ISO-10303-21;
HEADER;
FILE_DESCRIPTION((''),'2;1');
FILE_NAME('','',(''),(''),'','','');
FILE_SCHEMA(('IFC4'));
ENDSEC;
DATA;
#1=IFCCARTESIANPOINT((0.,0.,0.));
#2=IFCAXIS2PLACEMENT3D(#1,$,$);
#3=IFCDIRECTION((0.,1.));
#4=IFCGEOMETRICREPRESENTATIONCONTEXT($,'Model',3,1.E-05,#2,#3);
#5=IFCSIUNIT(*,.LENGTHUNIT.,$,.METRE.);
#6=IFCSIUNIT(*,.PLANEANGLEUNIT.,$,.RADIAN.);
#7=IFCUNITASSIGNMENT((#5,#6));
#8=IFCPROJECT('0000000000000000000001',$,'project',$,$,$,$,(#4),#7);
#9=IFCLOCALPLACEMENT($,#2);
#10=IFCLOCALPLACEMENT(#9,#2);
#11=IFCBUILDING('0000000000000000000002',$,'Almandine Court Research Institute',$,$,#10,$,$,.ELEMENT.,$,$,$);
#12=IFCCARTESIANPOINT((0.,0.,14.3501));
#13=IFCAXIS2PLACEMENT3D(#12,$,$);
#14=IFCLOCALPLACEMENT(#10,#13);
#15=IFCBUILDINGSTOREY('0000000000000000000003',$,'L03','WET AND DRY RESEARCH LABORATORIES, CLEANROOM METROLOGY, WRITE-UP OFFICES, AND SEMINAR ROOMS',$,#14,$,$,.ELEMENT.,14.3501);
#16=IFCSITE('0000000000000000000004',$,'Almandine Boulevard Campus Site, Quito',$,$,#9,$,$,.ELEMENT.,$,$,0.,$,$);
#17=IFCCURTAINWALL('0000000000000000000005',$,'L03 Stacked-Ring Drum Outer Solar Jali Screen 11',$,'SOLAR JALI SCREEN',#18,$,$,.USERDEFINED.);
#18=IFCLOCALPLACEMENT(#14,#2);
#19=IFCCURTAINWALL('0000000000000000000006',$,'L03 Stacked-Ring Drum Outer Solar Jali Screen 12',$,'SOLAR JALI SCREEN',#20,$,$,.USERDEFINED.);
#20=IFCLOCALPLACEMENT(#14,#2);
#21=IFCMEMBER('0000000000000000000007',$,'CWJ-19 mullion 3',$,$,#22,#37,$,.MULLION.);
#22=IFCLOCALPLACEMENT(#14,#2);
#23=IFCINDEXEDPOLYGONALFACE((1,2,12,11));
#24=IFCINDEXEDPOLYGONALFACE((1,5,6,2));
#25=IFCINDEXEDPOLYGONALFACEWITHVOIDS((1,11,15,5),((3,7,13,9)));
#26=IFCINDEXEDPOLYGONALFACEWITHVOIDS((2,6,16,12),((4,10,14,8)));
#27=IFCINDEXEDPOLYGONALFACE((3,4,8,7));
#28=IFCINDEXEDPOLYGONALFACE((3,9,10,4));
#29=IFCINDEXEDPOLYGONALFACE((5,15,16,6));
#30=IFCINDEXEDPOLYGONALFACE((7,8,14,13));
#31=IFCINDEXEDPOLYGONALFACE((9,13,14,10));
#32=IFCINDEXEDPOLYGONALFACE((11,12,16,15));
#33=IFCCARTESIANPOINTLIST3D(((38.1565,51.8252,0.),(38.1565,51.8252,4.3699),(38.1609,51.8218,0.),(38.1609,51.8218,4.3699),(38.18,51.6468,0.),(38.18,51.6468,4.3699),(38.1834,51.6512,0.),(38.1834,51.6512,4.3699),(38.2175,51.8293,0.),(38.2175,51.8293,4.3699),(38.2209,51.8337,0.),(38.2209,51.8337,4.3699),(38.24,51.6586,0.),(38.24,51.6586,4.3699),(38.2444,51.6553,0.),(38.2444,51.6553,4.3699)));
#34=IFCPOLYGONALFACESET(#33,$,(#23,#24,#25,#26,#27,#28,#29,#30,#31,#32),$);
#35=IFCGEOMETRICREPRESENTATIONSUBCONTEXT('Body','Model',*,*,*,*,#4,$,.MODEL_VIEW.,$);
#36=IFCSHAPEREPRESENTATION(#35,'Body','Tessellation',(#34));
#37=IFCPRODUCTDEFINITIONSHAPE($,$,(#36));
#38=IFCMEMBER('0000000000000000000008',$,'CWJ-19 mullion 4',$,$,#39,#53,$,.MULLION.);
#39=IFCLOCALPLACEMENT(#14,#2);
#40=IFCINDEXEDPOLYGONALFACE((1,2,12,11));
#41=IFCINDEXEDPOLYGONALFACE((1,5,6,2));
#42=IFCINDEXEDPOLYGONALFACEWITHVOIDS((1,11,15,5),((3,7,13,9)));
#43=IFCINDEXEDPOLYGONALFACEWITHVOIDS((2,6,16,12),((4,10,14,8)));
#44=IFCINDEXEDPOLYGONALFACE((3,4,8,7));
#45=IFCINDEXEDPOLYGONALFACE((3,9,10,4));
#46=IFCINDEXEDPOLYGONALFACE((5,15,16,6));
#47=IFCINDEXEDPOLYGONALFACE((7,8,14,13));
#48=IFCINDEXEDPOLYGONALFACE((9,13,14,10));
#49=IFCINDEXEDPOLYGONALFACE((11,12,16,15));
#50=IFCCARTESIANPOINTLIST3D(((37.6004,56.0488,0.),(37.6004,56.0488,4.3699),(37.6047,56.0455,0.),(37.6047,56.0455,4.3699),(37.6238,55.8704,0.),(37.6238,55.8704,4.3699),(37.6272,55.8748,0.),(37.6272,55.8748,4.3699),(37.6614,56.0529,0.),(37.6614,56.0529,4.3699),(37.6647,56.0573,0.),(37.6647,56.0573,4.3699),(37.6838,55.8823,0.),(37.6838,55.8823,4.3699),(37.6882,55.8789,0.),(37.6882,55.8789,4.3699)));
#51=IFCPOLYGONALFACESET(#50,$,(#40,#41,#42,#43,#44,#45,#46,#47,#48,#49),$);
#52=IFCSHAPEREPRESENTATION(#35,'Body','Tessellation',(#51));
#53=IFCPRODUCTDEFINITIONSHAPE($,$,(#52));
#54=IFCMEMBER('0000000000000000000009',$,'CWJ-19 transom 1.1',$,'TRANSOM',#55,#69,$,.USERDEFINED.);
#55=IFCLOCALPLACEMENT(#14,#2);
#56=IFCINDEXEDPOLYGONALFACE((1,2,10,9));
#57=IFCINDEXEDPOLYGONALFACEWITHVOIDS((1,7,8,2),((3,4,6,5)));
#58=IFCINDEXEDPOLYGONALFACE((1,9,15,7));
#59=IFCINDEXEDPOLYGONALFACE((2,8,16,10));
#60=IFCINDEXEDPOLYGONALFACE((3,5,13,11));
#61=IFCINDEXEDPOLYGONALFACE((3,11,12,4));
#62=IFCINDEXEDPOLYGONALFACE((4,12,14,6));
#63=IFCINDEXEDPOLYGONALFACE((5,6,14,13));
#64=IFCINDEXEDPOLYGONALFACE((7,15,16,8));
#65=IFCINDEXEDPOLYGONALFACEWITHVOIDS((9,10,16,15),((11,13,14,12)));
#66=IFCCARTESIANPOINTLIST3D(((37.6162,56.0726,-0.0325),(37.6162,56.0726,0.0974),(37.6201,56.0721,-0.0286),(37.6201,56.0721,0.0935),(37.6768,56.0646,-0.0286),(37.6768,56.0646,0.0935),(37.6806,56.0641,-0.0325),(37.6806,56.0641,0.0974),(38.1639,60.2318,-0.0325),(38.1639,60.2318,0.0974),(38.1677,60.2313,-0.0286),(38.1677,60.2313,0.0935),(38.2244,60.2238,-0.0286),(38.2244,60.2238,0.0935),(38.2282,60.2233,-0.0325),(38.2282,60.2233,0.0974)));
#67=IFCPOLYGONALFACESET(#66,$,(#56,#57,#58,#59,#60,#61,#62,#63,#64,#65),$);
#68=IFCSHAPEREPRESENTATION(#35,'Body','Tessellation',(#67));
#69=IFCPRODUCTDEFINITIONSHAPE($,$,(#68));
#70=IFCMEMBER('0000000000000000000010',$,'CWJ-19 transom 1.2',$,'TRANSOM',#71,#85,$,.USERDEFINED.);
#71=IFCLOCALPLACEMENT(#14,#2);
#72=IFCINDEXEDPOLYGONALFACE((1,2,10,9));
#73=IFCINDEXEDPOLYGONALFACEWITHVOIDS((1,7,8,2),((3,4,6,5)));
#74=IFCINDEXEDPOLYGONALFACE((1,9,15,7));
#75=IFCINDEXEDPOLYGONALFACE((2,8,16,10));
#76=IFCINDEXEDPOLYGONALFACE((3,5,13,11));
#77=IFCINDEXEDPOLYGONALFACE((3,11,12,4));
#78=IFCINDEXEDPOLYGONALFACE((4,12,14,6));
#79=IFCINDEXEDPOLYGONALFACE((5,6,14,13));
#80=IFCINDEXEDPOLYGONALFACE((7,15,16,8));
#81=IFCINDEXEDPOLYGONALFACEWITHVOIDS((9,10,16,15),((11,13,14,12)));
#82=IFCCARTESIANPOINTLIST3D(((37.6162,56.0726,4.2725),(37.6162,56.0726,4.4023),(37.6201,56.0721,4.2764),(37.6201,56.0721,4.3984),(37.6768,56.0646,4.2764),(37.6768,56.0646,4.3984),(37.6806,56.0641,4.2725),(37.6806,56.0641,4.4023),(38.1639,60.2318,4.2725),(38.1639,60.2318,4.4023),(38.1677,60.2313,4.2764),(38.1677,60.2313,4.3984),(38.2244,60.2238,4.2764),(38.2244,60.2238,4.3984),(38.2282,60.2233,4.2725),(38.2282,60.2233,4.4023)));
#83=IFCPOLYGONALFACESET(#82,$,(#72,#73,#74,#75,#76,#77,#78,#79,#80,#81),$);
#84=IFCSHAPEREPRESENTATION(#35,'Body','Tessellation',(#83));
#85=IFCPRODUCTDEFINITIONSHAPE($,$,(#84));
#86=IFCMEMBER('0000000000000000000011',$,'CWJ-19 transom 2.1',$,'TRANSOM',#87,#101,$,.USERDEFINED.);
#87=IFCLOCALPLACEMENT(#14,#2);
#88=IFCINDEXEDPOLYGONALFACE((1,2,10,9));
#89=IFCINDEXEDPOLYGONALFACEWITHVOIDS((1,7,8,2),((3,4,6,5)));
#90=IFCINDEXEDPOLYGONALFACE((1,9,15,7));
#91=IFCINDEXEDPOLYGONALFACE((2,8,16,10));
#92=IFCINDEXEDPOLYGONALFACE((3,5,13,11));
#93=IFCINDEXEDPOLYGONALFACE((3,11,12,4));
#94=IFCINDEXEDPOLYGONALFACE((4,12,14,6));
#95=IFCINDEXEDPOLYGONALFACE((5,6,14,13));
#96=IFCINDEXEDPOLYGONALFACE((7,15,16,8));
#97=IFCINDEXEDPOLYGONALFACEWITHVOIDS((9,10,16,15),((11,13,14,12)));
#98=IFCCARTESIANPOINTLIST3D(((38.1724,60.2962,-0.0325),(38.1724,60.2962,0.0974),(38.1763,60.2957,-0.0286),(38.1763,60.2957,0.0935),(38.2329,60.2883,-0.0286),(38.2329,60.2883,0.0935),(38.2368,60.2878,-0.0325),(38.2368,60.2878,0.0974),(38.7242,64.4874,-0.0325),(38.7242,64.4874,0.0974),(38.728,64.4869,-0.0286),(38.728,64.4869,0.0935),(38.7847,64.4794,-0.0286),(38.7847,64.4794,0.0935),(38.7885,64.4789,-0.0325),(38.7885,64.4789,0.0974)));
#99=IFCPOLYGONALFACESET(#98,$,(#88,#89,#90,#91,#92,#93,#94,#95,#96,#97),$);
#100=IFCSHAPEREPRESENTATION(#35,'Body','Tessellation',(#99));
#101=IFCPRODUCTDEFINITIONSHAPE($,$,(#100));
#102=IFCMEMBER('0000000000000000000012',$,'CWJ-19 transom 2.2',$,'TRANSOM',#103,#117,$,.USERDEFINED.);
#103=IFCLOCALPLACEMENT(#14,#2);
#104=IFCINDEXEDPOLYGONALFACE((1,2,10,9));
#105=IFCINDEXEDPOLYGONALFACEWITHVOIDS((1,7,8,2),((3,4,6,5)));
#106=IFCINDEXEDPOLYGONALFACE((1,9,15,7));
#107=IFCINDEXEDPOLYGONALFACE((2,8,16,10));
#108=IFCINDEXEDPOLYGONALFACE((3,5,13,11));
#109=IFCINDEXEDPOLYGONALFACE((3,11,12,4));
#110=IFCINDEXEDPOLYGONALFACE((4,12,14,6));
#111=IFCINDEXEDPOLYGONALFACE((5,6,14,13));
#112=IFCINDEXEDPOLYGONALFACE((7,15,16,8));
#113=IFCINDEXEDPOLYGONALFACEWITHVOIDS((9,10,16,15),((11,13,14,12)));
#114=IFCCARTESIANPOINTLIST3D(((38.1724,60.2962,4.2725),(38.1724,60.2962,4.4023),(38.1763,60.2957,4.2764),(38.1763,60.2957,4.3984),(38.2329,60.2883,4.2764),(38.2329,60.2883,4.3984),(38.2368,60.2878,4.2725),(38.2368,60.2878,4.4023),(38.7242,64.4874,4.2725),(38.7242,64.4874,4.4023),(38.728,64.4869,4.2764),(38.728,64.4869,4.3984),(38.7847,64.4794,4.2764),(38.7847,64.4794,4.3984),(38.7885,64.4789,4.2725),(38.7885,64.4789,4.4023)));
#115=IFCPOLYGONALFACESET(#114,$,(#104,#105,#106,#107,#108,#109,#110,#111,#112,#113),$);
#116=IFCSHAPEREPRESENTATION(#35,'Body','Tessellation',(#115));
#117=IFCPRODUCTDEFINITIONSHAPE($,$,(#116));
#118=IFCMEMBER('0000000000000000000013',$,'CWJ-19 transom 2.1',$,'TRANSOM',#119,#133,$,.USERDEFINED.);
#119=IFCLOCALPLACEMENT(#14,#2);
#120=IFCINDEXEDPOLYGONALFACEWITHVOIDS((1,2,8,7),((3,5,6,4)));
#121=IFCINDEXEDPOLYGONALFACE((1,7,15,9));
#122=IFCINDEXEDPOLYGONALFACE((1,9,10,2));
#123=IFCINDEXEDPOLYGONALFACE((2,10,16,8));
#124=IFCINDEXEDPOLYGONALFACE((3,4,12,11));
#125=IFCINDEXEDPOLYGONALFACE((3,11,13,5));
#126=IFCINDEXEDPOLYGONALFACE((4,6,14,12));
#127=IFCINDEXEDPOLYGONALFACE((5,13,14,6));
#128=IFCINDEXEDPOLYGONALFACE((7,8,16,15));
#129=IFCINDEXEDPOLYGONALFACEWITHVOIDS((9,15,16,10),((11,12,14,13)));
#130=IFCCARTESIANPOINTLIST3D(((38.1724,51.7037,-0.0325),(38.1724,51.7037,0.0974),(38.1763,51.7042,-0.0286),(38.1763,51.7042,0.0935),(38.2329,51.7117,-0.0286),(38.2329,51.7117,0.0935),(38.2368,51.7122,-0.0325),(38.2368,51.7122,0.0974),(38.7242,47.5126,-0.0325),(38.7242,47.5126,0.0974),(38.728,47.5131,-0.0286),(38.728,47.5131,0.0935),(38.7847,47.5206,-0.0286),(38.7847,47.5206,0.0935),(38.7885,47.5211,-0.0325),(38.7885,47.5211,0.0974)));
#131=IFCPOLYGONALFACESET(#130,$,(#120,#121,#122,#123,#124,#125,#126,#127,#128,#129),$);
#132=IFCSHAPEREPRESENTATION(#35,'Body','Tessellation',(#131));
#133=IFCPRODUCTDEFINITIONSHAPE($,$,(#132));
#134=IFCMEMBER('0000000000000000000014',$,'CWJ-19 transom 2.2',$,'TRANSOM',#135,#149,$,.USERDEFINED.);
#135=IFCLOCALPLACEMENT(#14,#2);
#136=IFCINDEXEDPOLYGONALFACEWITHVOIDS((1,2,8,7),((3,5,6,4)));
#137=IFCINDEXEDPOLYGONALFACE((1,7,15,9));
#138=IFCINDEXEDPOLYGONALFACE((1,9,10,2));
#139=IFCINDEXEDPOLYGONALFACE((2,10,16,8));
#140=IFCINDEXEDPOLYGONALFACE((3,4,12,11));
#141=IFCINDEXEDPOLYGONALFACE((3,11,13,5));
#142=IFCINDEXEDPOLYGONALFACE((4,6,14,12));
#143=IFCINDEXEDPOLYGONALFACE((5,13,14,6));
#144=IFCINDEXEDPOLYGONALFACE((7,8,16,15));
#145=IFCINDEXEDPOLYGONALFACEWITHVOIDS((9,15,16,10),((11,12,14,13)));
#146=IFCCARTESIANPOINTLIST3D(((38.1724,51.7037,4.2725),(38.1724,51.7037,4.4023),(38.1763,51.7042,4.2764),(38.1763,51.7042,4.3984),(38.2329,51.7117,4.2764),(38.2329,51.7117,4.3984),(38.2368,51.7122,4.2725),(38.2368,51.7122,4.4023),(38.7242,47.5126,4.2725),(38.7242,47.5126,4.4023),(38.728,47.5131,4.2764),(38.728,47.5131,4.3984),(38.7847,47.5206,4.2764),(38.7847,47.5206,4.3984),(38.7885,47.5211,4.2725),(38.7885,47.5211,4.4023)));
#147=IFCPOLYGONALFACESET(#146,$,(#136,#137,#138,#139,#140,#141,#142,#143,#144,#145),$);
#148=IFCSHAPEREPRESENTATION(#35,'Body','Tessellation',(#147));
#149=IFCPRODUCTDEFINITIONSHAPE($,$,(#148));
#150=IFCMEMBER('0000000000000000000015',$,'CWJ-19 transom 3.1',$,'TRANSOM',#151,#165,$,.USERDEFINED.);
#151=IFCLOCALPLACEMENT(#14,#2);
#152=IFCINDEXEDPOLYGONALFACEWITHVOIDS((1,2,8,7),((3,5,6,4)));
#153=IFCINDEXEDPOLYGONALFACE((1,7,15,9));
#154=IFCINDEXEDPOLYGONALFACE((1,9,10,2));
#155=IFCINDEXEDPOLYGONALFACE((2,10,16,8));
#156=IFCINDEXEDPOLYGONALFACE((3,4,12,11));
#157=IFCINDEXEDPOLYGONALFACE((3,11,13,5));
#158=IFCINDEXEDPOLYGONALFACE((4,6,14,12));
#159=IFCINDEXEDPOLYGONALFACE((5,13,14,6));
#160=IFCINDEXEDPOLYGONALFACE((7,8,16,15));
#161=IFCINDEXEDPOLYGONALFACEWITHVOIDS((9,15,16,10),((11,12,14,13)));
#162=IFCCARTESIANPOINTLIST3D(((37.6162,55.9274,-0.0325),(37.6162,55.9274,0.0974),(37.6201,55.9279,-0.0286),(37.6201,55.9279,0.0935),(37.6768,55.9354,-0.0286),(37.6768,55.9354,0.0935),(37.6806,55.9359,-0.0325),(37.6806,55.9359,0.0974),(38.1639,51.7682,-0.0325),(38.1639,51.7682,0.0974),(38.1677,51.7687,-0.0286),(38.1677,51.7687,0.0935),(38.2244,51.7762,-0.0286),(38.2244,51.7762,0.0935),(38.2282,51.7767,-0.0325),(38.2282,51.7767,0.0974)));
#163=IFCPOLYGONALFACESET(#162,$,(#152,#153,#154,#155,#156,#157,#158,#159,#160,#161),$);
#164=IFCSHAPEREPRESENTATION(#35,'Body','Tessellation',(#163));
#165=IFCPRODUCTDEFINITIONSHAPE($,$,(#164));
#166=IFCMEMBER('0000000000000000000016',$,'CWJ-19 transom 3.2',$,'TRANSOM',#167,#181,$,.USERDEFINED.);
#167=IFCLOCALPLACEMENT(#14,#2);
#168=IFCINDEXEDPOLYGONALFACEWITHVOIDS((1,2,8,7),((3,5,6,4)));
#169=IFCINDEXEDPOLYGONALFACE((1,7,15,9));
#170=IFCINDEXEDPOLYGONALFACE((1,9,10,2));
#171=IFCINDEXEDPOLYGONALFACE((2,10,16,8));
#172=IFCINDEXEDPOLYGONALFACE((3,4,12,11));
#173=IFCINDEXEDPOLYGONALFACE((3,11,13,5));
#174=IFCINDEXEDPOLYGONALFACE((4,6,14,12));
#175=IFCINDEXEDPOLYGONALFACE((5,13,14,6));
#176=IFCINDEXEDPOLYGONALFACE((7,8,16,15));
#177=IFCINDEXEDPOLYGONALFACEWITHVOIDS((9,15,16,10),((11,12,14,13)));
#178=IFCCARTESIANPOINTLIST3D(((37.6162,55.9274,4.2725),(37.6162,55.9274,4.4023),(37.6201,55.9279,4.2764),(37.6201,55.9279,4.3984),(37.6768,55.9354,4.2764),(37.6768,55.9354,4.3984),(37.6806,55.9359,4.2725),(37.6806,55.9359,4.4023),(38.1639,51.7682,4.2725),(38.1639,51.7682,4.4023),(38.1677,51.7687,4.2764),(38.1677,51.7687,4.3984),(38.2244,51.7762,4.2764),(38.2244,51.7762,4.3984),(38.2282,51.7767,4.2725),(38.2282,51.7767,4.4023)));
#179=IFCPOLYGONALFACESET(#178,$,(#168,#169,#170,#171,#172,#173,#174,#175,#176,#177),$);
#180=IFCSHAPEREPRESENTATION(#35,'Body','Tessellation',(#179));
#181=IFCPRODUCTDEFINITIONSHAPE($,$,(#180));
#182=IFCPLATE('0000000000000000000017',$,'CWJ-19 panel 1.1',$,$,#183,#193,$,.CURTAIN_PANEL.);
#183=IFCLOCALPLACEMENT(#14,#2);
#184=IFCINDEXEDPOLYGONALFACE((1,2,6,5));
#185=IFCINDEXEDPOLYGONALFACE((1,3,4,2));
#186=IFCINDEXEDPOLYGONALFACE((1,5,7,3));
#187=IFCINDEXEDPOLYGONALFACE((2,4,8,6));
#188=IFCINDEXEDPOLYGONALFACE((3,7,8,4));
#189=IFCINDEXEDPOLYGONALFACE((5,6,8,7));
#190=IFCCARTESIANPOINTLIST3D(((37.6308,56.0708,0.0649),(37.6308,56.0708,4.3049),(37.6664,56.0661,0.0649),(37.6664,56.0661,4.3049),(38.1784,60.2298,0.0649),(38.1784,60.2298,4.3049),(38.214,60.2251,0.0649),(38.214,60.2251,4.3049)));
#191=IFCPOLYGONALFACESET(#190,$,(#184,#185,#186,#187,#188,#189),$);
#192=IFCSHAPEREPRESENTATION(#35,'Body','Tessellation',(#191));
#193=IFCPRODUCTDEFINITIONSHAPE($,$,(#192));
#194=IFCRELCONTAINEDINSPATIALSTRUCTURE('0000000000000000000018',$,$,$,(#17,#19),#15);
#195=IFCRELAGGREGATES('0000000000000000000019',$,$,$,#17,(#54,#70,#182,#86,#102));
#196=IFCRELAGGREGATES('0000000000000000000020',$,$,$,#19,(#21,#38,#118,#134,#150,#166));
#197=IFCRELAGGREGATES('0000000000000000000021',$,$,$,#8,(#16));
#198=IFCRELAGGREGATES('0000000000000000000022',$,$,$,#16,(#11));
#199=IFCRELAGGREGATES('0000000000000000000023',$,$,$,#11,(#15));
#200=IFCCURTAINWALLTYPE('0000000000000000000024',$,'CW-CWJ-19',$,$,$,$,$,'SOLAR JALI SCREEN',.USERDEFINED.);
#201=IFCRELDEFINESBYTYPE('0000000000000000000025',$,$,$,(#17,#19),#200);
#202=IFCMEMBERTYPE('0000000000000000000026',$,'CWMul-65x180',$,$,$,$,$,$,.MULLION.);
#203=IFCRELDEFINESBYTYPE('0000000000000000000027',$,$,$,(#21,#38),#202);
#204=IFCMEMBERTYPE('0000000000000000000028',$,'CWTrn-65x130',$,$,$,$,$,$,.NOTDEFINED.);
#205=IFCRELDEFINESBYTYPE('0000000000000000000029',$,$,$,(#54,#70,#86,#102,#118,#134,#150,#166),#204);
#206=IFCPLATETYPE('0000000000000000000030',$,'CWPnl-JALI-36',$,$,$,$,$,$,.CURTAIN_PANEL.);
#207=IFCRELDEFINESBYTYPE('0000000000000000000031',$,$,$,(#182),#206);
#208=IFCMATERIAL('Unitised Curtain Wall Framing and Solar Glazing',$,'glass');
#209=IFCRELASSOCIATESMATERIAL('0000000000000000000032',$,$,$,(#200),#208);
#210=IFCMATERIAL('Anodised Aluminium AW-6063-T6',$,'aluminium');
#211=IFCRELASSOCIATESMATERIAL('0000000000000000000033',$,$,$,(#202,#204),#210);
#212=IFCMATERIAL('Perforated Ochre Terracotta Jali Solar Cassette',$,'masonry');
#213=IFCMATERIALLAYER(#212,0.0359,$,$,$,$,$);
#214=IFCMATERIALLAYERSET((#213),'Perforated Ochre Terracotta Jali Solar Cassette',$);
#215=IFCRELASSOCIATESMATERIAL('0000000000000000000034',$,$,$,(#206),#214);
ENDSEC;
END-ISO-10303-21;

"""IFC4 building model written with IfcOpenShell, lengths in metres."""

from ifc_helpers import new_model, si_unit, direction, frame, origin, origin_2d, place, context, subcontext, project, spatial, rectangle, hollow_rectangle, extrude, material, layer, layer_set, material_profile, profile_set, type_object, element, aggregate, save


model = new_model("IFC4")

# Units and contexts
model_context = context("Model", 3, precision=1e-05, world=origin(), true_north=direction((0.0, 1.0)))
body_context = subcontext(model_context, "Body", "Model", "MODEL_VIEW")
ifc_project = project(units=[si_unit("LENGTHUNIT", "METRE"), si_unit("PLANEANGLEUNIT", "RADIAN")], contexts=[model_context])

# Site, building, storey
site_placement = place(None, origin())
site = spatial("IfcSite", under=ifc_project, at=site_placement, Name="Almandine Boulevard Campus Site, Quito", CompositionType="ELEMENT", RefElevation=0.0)
building_placement = place(site_placement, origin())
building = spatial("IfcBuilding", under=site, at=building_placement, Name="Almandine Court Research Institute", CompositionType="ELEMENT")
storey_placement = place(building_placement, frame((0.0, 0.0, 14.3501)))
storey = spatial("IfcBuildingStorey", under=building, at=storey_placement, Name="L03", Description="WET AND DRY RESEARCH LABORATORIES, CLEANROOM METROLOGY, WRITE-UP OFFICES, AND SEMINAR ROOMS", CompositionType="ELEMENT", Elevation=14.3501)

# Curtain walls, members
ifc_material_1 = material(Name="Unitised Curtain Wall Framing and Solar Glazing", Category="glass")
curtain_wall_type = type_object("IfcCurtainWallType", Name="CW-CWJ-19", ElementType="SOLAR JALI SCREEN", PredefinedType="USERDEFINED", material=ifc_material_1)
curtain_wall_1_placement = place(storey_placement, origin())
curtain_wall_1 = element("IfcCurtainWall", 1, at=curtain_wall_1_placement, inside=storey, type_object=curtain_wall_type, Name="L03 Stacked-Ring Drum Outer Solar Jali Screen 11", ObjectType="SOLAR JALI SCREEN", PredefinedType="USERDEFINED")
ifc_material_2 = material(Name="Anodised Aluminium AW-6063-T6", Category="aluminium")
ifc_material_profile_1 = material_profile(ifc_material_2, hollow_rectangle(XDim=0.0649, YDim=0.1799, WallThickness=0.0039, at=origin_2d()), Name="ALU RHS 65x180x4")
ifc_profile_set_1 = profile_set([ifc_material_profile_1], Name="Anodised Aluminium AW-6063-T6")
member_type_1 = type_object("IfcMemberType", Name="CWMul-65x180", PredefinedType="MULLION", material=ifc_profile_set_1)
curtain_wall_2_placement = place(storey_placement, origin())
curtain_wall_2 = element("IfcCurtainWall", 2, at=curtain_wall_2_placement, inside=storey, type_object=curtain_wall_type, Name="L03 Stacked-Ring Drum Outer Solar Jali Screen 12", ObjectType="SOLAR JALI SCREEN", PredefinedType="USERDEFINED")
member_1_placement = place(storey_placement, frame((38.2004, 51.7402, 0.0), z_axis=(0.0, 0.0, 1.0), x_axis=(-0.991443, -0.130541, 0.0)))
member_1 = element("IfcMember", 3, at=member_1_placement, type_object=member_type_1, Name="CWJ-19 mullion 3", PredefinedType="MULLION", context=body_context, shape_type="SweptSolid", body=[
    extrude(hollow_rectangle(XDim=0.0649, YDim=0.1799, WallThickness=0.0039, at=origin_2d()), origin(), (0.0, 0.0, 1.0), 4.3699),
])
member_2_placement = place(storey_placement, frame((37.6443, 55.9639, 0.0), z_axis=(0.0, 0.0, 1.0), x_axis=(-0.991443, -0.130541, 0.0)))
member_2 = element("IfcMember", 4, at=member_2_placement, type_object=member_type_1, Name="CWJ-19 mullion 4", PredefinedType="MULLION", context=body_context, shape_type="SweptSolid", body=[
    extrude(hollow_rectangle(XDim=0.0649, YDim=0.1799, WallThickness=0.0039, at=origin_2d()), origin(), (0.0, 0.0, 1.0), 4.3699),
])

# Members
ifc_material_profile_2 = material_profile(ifc_material_2, hollow_rectangle(XDim=0.0649, YDim=0.1299, WallThickness=0.0039, at=origin_2d()), Name="ALU RHS 65x130x4")
ifc_profile_set_2 = profile_set([ifc_material_profile_2], Name="Anodised Aluminium AW-6063-T6")
member_type_2 = type_object("IfcMemberType", Name="CWTrn-65x130", PredefinedType="NOTDEFINED", material=ifc_profile_set_2)
member_3_placement = place(storey_placement, frame((37.6484, 56.0684, 0.0325), z_axis=(0.130536, 0.991444, 0.0), x_axis=(-0.991444, 0.130536, 0.0)))
member_3 = element("IfcMember", 5, at=member_3_placement, type_object=member_type_2, Name="CWJ-19 transom 1.1", ObjectType="TRANSOM", PredefinedType="USERDEFINED", context=body_context, shape_type="SweptSolid", body=[
    extrude(hollow_rectangle(XDim=0.0649, YDim=0.1299, WallThickness=0.0039, at=origin_2d()), origin(), (0.0, 0.0, 1.0), 4.1951),
])
member_4_placement = place(storey_placement, frame((37.6484, 56.0684, 4.3374), z_axis=(0.130536, 0.991444, 0.0), x_axis=(-0.991444, 0.130536, 0.0)))
member_4 = element("IfcMember", 6, at=member_4_placement, type_object=member_type_2, Name="CWJ-19 transom 1.2", ObjectType="TRANSOM", PredefinedType="USERDEFINED", context=body_context, shape_type="SweptSolid", body=[
    extrude(hollow_rectangle(XDim=0.0649, YDim=0.1299, WallThickness=0.0039, at=origin_2d()), origin(), (0.0, 0.0, 1.0), 4.1951),
])
member_5_placement = place(storey_placement, frame((38.2046, 60.292, 0.0325), z_axis=(0.130522, 0.991445, 0.0), x_axis=(-0.991445, 0.130522, 0.0)))
member_5 = element("IfcMember", 7, at=member_5_placement, type_object=member_type_2, Name="CWJ-19 transom 2.1", ObjectType="TRANSOM", PredefinedType="USERDEFINED", context=body_context, shape_type="SweptSolid", body=[
    extrude(hollow_rectangle(XDim=0.0649, YDim=0.1299, WallThickness=0.0039, at=origin_2d()), origin(), (0.0, 0.0, 1.0), 4.2273),
])
member_6_placement = place(storey_placement, frame((38.2046, 60.292, 4.3374), z_axis=(0.130522, 0.991445, 0.0), x_axis=(-0.991445, 0.130522, 0.0)))
member_6 = element("IfcMember", 8, at=member_6_placement, type_object=member_type_2, Name="CWJ-19 transom 2.2", ObjectType="TRANSOM", PredefinedType="USERDEFINED", context=body_context, shape_type="SweptSolid", body=[
    extrude(hollow_rectangle(XDim=0.0649, YDim=0.1299, WallThickness=0.0039, at=origin_2d()), origin(), (0.0, 0.0, 1.0), 4.2273),
])
member_7_placement = place(storey_placement, frame((38.7563, 47.5168, 0.0325), z_axis=(-0.130522, 0.991445, 0.0), x_axis=(-0.991445, -0.130522, 0.0)))
member_7 = element("IfcMember", 9, at=member_7_placement, type_object=member_type_2, Name="CWJ-19 transom 2.1", ObjectType="TRANSOM", PredefinedType="USERDEFINED", context=body_context, shape_type="SweptSolid", body=[
    extrude(hollow_rectangle(XDim=0.0649, YDim=0.1299, WallThickness=0.0039, at=origin_2d()), origin(), (0.0, 0.0, 1.0), 4.2273),
])
member_8_placement = place(storey_placement, frame((38.7563, 47.5168, 4.3374), z_axis=(-0.130522, 0.991445, 0.0), x_axis=(-0.991445, -0.130522, 0.0)))
member_8 = element("IfcMember", 10, at=member_8_placement, type_object=member_type_2, Name="CWJ-19 transom 2.2", ObjectType="TRANSOM", PredefinedType="USERDEFINED", context=body_context, shape_type="SweptSolid", body=[
    extrude(hollow_rectangle(XDim=0.0649, YDim=0.1299, WallThickness=0.0039, at=origin_2d()), origin(), (0.0, 0.0, 1.0), 4.2273),
])
member_9_placement = place(storey_placement, frame((38.196, 51.7725, 0.0325), z_axis=(-0.130536, 0.991444, 0.0), x_axis=(-0.991444, -0.130536, 0.0)))
member_9 = element("IfcMember", 11, at=member_9_placement, type_object=member_type_2, Name="CWJ-19 transom 3.1", ObjectType="TRANSOM", PredefinedType="USERDEFINED", context=body_context, shape_type="SweptSolid", body=[
    extrude(hollow_rectangle(XDim=0.0649, YDim=0.1299, WallThickness=0.0039, at=origin_2d()), origin(), (0.0, 0.0, 1.0), 4.1951),
])
member_10_placement = place(storey_placement, frame((38.196, 51.7725, 4.3374), z_axis=(-0.130536, 0.991444, 0.0), x_axis=(-0.991444, -0.130536, 0.0)))
member_10 = element("IfcMember", 12, at=member_10_placement, type_object=member_type_2, Name="CWJ-19 transom 3.2", ObjectType="TRANSOM", PredefinedType="USERDEFINED", context=body_context, shape_type="SweptSolid", body=[
    extrude(hollow_rectangle(XDim=0.0649, YDim=0.1299, WallThickness=0.0039, at=origin_2d()), origin(), (0.0, 0.0, 1.0), 4.1951),
])

# Plate
ifc_material_3 = material(Name="Perforated Ochre Terracotta Jali Solar Cassette", Category="masonry")
ifc_layer_1 = layer(ifc_material_3, 0.0359)
ifc_layer_set_1 = layer_set([ifc_layer_1], Name="Perforated Ochre Terracotta Jali Solar Cassette")
plate_type = type_object("IfcPlateType", Name="CWPnl-JALI-36", PredefinedType="CURTAIN_PANEL", material=ifc_layer_set_1)
plate_1_placement = place(storey_placement, frame((37.9224, 58.1479, 0.0649), z_axis=(0.0, 0.0, 1.0), x_axis=(0.130541, 0.991443, 0.0)))
plate_1 = element("IfcPlate", 13, at=plate_1_placement, type_object=plate_type, Name="CWJ-19 panel 1.1", PredefinedType="CURTAIN_PANEL", context=body_context, shape_type="SweptSolid", body=[
    extrude(rectangle(XDim=4.1948, YDim=0.0359, at=origin_2d()), origin(), (0.0, 0.0, 1.0), 4.24),
])
aggregate(curtain_wall_1, [member_3, member_4, plate_1, member_5, member_6])
aggregate(curtain_wall_2, [member_1, member_2, member_7, member_8, member_9, member_10])

save(model, "model.ifc")
